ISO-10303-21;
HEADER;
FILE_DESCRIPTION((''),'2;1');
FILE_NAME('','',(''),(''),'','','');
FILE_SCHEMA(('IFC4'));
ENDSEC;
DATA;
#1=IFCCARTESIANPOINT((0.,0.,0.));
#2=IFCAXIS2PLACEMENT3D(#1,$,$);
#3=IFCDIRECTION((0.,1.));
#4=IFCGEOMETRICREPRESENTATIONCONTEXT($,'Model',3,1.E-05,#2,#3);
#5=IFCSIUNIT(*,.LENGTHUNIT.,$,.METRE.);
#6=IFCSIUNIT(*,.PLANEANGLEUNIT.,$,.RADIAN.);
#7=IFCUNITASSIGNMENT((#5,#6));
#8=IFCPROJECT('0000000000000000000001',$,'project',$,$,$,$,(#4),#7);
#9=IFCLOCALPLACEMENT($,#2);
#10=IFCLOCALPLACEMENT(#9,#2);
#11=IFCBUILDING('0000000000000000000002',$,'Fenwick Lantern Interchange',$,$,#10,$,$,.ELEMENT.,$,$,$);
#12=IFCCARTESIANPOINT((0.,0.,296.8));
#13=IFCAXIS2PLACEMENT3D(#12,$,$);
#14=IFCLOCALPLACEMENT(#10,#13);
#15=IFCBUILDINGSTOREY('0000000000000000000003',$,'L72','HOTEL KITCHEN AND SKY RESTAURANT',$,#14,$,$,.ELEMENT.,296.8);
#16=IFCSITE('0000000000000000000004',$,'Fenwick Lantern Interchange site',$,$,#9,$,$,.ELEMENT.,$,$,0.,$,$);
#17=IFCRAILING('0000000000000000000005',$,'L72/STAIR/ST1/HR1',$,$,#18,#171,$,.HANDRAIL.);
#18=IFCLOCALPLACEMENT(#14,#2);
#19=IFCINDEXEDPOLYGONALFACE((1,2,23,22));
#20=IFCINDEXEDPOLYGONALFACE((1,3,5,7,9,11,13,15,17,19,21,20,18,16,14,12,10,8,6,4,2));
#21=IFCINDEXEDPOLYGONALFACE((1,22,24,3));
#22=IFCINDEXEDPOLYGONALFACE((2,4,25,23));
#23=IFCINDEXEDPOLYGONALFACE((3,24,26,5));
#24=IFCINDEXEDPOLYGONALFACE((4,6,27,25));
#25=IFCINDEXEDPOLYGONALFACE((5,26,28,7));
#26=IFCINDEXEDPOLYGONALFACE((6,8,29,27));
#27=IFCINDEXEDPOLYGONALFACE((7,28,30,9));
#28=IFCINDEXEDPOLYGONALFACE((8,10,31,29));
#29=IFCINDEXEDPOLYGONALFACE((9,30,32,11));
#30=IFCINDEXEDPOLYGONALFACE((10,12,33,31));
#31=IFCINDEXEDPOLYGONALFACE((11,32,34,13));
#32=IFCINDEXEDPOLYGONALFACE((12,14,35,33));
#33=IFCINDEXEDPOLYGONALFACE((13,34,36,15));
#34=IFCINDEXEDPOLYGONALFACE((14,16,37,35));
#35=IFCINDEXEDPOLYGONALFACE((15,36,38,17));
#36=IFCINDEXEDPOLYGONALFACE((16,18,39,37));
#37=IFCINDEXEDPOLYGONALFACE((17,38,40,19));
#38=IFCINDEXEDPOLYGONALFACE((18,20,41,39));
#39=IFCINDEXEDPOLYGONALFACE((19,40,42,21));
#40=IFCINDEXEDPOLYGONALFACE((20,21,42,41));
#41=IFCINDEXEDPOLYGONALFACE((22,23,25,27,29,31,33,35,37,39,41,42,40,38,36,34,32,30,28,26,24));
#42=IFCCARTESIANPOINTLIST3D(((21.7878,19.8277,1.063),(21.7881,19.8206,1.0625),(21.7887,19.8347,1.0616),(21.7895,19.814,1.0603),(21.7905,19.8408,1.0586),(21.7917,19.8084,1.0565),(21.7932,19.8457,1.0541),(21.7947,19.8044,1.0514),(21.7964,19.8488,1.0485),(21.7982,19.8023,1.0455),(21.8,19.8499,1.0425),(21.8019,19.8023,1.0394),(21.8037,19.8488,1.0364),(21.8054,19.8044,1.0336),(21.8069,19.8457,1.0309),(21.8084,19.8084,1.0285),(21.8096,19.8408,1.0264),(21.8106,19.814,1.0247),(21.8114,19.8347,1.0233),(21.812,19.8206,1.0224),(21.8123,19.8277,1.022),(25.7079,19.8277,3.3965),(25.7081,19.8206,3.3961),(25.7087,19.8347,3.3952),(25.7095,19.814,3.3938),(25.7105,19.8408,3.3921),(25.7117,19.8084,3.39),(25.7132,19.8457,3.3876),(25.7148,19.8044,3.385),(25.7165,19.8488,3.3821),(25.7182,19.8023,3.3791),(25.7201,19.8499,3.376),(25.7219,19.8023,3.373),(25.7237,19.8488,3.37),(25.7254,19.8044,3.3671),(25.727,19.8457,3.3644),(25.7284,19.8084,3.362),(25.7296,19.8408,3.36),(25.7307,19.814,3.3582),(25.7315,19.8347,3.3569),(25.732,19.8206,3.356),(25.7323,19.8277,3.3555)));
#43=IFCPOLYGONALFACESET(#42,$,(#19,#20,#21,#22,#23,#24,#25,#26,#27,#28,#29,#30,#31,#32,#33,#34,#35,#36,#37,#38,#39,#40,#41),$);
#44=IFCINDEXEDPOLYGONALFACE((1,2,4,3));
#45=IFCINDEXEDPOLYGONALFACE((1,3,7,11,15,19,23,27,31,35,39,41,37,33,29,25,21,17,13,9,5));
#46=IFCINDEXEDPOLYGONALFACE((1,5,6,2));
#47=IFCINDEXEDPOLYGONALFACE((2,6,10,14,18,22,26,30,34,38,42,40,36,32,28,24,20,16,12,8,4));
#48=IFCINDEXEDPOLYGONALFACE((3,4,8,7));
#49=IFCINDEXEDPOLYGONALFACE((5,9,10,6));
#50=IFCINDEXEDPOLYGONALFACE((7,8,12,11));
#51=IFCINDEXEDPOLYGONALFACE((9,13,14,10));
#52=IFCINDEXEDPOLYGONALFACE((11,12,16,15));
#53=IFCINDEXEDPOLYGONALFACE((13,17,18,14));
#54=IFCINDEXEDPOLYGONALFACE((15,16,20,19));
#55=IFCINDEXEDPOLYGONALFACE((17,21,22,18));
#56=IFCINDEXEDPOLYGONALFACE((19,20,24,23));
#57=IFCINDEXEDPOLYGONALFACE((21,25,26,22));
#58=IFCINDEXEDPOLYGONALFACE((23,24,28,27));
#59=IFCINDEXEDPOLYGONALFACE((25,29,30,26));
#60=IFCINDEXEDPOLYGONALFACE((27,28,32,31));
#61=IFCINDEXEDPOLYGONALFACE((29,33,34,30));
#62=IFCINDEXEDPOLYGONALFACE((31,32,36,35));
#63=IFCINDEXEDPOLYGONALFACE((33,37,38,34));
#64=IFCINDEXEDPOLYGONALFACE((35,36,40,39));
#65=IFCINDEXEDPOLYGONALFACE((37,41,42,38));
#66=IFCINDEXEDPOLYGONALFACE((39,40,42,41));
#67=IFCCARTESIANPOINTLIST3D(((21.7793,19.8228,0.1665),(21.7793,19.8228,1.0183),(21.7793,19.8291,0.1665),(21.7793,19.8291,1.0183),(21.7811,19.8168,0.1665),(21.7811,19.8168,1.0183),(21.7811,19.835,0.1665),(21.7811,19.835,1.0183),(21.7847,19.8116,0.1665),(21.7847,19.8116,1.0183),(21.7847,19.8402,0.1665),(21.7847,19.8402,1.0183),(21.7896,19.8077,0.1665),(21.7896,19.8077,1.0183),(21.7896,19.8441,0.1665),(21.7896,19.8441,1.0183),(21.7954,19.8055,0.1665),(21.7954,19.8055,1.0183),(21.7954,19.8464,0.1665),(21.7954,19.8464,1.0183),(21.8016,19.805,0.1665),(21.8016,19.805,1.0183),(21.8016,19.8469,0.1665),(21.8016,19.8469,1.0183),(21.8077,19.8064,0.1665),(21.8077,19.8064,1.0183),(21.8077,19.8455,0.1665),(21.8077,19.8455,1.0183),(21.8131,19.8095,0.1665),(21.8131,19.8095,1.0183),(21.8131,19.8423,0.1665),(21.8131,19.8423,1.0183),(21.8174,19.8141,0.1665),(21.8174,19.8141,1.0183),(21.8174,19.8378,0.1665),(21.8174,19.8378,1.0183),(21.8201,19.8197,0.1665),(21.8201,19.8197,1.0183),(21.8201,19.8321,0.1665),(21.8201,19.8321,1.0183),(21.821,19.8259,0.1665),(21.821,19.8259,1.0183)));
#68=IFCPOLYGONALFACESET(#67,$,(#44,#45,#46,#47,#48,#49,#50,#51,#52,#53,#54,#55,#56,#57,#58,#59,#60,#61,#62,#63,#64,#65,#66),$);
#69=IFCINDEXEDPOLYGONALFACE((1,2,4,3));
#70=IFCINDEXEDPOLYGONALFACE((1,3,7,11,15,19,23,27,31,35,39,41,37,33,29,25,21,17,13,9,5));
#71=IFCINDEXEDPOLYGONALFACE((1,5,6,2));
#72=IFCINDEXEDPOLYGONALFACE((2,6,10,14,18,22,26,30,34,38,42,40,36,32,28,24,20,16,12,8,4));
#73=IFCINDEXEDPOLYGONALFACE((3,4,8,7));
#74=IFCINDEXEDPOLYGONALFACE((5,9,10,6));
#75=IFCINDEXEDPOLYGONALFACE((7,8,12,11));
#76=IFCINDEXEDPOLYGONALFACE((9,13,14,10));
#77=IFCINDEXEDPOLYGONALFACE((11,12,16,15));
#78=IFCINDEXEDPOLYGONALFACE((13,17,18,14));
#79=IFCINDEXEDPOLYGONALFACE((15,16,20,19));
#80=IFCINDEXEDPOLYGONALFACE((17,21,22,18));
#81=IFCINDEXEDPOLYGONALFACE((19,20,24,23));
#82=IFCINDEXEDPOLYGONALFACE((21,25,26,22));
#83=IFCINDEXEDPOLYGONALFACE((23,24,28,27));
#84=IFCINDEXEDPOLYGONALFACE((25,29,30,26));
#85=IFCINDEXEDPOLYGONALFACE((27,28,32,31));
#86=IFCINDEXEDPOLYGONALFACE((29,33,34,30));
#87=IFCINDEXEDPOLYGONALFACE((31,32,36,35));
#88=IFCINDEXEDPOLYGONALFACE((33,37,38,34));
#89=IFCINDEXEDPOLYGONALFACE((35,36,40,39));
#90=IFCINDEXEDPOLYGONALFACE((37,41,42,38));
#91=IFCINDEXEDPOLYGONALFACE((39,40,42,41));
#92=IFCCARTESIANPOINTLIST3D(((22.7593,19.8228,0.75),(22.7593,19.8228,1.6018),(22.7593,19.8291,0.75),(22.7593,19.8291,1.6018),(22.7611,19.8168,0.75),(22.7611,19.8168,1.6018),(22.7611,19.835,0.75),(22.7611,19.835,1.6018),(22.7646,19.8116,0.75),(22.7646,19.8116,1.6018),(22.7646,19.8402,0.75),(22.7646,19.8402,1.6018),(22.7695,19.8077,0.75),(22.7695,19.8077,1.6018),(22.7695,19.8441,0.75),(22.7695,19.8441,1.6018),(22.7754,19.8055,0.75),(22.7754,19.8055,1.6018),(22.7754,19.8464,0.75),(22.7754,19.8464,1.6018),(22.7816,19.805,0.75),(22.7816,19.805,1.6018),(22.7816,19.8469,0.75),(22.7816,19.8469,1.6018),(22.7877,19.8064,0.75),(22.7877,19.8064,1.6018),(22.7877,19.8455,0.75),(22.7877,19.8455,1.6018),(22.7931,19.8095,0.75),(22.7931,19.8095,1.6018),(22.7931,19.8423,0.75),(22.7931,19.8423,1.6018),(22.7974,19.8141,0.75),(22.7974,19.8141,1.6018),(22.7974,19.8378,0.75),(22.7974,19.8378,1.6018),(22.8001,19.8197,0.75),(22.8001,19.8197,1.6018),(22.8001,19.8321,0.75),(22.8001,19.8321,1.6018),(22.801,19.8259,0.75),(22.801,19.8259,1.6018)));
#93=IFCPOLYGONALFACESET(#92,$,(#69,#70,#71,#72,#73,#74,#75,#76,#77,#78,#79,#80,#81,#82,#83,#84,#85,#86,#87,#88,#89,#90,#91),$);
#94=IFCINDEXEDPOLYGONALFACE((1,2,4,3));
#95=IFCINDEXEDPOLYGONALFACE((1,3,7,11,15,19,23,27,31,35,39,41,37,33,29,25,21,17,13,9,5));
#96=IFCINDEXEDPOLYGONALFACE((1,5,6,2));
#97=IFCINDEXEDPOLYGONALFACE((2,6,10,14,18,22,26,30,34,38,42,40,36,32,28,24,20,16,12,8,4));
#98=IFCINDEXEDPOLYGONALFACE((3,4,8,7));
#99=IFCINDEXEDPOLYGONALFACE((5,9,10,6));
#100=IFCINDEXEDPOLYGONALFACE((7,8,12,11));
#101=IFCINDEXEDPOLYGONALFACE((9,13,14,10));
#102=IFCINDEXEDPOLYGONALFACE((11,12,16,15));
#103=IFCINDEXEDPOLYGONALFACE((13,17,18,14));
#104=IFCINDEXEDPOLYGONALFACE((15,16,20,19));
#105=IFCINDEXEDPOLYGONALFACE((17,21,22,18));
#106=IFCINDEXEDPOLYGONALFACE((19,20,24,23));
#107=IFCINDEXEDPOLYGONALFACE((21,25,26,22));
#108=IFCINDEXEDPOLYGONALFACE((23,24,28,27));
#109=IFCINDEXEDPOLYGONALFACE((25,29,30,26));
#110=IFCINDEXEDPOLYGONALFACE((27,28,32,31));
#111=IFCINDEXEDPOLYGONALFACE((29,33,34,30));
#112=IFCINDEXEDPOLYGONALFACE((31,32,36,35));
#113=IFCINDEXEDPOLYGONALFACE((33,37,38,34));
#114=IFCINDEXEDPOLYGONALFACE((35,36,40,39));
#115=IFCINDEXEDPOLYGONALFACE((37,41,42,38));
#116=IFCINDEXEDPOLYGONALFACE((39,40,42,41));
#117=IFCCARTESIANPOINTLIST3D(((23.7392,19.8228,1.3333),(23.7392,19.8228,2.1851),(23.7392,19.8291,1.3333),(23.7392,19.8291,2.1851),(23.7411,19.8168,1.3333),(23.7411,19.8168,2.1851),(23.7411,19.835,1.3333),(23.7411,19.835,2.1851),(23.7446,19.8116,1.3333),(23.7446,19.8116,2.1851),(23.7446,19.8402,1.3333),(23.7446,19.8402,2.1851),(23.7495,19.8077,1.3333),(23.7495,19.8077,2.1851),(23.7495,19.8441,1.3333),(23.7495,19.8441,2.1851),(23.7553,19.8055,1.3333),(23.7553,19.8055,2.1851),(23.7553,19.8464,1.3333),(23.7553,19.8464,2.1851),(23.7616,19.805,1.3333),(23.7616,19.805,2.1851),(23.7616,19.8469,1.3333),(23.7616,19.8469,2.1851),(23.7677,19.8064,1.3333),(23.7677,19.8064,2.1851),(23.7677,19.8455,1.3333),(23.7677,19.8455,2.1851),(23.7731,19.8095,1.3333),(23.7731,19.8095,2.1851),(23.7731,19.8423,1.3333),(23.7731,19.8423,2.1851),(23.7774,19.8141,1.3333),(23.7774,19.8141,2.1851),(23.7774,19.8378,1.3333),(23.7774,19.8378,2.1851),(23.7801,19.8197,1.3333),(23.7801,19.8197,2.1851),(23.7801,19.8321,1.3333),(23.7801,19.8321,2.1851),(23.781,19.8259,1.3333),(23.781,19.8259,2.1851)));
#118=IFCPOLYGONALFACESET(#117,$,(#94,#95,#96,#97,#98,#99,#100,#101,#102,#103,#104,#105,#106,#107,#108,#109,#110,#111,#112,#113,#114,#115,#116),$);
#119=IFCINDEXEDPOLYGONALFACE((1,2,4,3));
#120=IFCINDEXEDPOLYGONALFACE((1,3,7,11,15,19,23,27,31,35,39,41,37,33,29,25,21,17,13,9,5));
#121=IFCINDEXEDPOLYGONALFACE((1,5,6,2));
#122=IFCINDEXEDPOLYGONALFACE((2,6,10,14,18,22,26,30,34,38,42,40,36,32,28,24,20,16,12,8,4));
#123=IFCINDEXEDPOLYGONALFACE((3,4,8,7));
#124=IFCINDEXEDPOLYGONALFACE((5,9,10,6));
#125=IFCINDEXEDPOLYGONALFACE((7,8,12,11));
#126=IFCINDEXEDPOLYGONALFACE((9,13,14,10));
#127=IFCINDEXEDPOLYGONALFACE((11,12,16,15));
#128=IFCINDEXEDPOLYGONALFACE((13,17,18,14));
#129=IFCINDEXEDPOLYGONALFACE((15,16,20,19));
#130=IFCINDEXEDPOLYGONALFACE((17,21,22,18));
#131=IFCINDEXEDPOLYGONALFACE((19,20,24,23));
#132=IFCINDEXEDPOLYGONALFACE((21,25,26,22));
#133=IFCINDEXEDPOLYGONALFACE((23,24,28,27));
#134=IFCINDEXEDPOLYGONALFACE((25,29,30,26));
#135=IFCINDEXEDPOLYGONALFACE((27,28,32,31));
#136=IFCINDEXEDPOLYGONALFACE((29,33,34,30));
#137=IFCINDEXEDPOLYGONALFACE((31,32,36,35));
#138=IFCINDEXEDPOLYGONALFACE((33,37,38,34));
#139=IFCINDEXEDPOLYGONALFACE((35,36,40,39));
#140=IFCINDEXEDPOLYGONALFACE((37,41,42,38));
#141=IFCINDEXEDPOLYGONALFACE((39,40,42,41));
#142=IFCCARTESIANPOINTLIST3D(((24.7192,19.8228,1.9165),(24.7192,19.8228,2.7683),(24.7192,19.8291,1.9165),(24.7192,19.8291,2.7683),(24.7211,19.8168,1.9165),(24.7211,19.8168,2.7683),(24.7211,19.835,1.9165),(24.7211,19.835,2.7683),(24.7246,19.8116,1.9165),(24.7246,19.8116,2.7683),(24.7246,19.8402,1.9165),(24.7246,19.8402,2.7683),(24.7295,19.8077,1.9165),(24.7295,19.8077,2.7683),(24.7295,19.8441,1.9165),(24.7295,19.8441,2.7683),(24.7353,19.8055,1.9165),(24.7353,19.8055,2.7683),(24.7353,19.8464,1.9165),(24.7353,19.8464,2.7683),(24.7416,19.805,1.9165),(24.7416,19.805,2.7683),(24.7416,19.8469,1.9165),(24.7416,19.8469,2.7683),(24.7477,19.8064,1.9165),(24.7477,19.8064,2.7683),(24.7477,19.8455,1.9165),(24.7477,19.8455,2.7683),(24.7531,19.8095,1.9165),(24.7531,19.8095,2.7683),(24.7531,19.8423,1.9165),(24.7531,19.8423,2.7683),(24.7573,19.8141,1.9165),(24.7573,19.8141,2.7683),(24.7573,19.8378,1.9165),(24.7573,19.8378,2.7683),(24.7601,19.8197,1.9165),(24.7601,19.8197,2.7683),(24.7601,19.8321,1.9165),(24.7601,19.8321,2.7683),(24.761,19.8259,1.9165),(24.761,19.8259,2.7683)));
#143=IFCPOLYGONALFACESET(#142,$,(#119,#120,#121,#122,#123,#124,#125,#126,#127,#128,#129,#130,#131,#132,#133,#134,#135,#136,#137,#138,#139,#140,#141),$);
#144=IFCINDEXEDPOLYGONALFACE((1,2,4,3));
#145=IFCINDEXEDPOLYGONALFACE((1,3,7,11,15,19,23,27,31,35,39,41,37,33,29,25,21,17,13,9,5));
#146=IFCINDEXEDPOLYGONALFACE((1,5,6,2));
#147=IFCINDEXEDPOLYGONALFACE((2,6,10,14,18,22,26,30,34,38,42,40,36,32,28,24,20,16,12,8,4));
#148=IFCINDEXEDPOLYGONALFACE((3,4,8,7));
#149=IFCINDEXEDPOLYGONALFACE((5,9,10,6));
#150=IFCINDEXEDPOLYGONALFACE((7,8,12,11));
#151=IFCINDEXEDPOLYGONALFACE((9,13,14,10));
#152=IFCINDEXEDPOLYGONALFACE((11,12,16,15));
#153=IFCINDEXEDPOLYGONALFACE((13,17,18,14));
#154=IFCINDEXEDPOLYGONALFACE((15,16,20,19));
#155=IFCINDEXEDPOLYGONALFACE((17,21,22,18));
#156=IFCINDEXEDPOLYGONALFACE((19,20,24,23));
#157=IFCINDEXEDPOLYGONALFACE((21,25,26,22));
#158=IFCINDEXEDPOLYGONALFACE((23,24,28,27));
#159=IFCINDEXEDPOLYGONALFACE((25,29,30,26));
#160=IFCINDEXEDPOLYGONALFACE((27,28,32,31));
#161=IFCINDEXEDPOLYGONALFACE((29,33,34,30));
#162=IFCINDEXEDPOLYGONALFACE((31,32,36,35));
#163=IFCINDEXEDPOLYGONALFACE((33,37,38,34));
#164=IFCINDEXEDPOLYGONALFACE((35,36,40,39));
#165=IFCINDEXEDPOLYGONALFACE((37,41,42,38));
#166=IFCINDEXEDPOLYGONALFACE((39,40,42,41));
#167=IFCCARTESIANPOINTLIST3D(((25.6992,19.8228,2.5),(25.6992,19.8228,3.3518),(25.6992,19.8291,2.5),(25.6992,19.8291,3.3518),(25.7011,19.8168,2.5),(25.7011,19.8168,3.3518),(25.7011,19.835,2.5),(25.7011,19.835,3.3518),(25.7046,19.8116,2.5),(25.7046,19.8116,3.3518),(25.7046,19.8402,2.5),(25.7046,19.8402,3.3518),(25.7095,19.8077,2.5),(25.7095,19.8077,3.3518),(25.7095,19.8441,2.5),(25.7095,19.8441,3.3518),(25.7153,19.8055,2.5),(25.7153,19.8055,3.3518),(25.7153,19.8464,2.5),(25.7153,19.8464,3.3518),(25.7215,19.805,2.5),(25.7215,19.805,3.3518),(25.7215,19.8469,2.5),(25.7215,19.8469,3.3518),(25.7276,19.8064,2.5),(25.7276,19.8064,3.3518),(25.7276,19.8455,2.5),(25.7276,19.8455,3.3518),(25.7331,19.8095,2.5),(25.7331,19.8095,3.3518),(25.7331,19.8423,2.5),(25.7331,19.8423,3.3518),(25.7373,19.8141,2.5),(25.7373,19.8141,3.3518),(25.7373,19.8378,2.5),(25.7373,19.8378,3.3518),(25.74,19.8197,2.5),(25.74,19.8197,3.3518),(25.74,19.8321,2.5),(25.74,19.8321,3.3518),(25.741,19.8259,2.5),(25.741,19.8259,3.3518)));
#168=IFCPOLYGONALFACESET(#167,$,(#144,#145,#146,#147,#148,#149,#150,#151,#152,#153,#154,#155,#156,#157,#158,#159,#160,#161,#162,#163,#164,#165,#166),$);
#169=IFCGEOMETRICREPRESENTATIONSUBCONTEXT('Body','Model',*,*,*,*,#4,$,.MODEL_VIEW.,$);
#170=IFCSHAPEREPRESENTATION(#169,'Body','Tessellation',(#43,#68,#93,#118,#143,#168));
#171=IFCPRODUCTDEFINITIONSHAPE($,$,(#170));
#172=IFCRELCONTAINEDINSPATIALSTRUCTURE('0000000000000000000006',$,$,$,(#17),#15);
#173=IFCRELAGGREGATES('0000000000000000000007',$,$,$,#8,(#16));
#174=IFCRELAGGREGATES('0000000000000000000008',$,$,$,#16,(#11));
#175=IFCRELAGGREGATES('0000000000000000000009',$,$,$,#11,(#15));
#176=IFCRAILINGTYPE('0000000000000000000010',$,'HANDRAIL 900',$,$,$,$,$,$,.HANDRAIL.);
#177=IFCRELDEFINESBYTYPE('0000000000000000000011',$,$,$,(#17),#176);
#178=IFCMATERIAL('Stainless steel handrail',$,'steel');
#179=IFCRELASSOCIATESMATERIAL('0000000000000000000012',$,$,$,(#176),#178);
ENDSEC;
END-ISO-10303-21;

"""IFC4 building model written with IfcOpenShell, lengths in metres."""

from ifc_helpers import new_model, si_unit, direction, frame, origin, origin_2d, place, context, subcontext, project, spatial, circle, extrude, material, type_object, element, save


model = new_model("IFC4")

# Units and contexts
model_context = context("Model", 3, precision=1e-05, world=origin(), true_north=direction((0.0, 1.0)))
body_context = subcontext(model_context, "Body", "Model", "MODEL_VIEW")
ifc_project = project(units=[si_unit("LENGTHUNIT", "METRE"), si_unit("PLANEANGLEUNIT", "RADIAN")], contexts=[model_context])

# Site, building, storey
site_placement = place(None, origin())
site = spatial("IfcSite", under=ifc_project, at=site_placement, Name="Fenwick Lantern Interchange site", CompositionType="ELEMENT", RefElevation=0.0)
building_placement = place(site_placement, origin())
building = spatial("IfcBuilding", under=site, at=building_placement, Name="Fenwick Lantern Interchange", CompositionType="ELEMENT")
storey_placement = place(building_placement, frame((0.0, 0.0, 296.8)))
storey = spatial("IfcBuildingStorey", under=building, at=storey_placement, Name="L72", Description="HOTEL KITCHEN AND SKY RESTAURANT", CompositionType="ELEMENT", Elevation=296.8)

# Railing
ifc_material_1 = material(Name="Stainless steel handrail", Category="steel")
railing_type = type_object("IfcRailingType", Name="HANDRAIL 900", PredefinedType="HANDRAIL", material=ifc_material_1)
railing_placement = place(storey_placement, frame((21.8, 19.8259, 0.1665)))
element("IfcRailing", 1, at=railing_placement, inside=storey, type_object=railing_type, Name="L72/STAIR/ST1/HR1", PredefinedType="HANDRAIL", context=body_context, shape_type="SweptSolid", body=[
    extrude(circle(Radius=0.0239, at=origin_2d()), frame((0.0, 0.0, 0.876), z_axis=(0.859273, 0.0, 0.511518), x_axis=(0.0, 1.0, 0.0)), (0.0, 0.0, 1.0), 4.562),
    extrude(circle(Radius=0.021, at=origin_2d()), origin(), (0.0, 0.0, 1.0), 0.8518),
    extrude(circle(Radius=0.021, at=origin_2d()), frame((0.98, 0.0, 0.5835)), (0.0, 0.0, 1.0), 0.8518),
    extrude(circle(Radius=0.021, at=origin_2d()), frame((1.96, 0.0, 1.1667)), (0.0, 0.0, 1.0), 0.8518),
    extrude(circle(Radius=0.021, at=origin_2d()), frame((2.9399, 0.0, 1.75)), (0.0, 0.0, 1.0), 0.8518),
    extrude(circle(Radius=0.021, at=origin_2d()), frame((3.9199, 0.0, 2.3335)), (0.0, 0.0, 1.0), 0.8518),
])

save(model, "model.ifc")
